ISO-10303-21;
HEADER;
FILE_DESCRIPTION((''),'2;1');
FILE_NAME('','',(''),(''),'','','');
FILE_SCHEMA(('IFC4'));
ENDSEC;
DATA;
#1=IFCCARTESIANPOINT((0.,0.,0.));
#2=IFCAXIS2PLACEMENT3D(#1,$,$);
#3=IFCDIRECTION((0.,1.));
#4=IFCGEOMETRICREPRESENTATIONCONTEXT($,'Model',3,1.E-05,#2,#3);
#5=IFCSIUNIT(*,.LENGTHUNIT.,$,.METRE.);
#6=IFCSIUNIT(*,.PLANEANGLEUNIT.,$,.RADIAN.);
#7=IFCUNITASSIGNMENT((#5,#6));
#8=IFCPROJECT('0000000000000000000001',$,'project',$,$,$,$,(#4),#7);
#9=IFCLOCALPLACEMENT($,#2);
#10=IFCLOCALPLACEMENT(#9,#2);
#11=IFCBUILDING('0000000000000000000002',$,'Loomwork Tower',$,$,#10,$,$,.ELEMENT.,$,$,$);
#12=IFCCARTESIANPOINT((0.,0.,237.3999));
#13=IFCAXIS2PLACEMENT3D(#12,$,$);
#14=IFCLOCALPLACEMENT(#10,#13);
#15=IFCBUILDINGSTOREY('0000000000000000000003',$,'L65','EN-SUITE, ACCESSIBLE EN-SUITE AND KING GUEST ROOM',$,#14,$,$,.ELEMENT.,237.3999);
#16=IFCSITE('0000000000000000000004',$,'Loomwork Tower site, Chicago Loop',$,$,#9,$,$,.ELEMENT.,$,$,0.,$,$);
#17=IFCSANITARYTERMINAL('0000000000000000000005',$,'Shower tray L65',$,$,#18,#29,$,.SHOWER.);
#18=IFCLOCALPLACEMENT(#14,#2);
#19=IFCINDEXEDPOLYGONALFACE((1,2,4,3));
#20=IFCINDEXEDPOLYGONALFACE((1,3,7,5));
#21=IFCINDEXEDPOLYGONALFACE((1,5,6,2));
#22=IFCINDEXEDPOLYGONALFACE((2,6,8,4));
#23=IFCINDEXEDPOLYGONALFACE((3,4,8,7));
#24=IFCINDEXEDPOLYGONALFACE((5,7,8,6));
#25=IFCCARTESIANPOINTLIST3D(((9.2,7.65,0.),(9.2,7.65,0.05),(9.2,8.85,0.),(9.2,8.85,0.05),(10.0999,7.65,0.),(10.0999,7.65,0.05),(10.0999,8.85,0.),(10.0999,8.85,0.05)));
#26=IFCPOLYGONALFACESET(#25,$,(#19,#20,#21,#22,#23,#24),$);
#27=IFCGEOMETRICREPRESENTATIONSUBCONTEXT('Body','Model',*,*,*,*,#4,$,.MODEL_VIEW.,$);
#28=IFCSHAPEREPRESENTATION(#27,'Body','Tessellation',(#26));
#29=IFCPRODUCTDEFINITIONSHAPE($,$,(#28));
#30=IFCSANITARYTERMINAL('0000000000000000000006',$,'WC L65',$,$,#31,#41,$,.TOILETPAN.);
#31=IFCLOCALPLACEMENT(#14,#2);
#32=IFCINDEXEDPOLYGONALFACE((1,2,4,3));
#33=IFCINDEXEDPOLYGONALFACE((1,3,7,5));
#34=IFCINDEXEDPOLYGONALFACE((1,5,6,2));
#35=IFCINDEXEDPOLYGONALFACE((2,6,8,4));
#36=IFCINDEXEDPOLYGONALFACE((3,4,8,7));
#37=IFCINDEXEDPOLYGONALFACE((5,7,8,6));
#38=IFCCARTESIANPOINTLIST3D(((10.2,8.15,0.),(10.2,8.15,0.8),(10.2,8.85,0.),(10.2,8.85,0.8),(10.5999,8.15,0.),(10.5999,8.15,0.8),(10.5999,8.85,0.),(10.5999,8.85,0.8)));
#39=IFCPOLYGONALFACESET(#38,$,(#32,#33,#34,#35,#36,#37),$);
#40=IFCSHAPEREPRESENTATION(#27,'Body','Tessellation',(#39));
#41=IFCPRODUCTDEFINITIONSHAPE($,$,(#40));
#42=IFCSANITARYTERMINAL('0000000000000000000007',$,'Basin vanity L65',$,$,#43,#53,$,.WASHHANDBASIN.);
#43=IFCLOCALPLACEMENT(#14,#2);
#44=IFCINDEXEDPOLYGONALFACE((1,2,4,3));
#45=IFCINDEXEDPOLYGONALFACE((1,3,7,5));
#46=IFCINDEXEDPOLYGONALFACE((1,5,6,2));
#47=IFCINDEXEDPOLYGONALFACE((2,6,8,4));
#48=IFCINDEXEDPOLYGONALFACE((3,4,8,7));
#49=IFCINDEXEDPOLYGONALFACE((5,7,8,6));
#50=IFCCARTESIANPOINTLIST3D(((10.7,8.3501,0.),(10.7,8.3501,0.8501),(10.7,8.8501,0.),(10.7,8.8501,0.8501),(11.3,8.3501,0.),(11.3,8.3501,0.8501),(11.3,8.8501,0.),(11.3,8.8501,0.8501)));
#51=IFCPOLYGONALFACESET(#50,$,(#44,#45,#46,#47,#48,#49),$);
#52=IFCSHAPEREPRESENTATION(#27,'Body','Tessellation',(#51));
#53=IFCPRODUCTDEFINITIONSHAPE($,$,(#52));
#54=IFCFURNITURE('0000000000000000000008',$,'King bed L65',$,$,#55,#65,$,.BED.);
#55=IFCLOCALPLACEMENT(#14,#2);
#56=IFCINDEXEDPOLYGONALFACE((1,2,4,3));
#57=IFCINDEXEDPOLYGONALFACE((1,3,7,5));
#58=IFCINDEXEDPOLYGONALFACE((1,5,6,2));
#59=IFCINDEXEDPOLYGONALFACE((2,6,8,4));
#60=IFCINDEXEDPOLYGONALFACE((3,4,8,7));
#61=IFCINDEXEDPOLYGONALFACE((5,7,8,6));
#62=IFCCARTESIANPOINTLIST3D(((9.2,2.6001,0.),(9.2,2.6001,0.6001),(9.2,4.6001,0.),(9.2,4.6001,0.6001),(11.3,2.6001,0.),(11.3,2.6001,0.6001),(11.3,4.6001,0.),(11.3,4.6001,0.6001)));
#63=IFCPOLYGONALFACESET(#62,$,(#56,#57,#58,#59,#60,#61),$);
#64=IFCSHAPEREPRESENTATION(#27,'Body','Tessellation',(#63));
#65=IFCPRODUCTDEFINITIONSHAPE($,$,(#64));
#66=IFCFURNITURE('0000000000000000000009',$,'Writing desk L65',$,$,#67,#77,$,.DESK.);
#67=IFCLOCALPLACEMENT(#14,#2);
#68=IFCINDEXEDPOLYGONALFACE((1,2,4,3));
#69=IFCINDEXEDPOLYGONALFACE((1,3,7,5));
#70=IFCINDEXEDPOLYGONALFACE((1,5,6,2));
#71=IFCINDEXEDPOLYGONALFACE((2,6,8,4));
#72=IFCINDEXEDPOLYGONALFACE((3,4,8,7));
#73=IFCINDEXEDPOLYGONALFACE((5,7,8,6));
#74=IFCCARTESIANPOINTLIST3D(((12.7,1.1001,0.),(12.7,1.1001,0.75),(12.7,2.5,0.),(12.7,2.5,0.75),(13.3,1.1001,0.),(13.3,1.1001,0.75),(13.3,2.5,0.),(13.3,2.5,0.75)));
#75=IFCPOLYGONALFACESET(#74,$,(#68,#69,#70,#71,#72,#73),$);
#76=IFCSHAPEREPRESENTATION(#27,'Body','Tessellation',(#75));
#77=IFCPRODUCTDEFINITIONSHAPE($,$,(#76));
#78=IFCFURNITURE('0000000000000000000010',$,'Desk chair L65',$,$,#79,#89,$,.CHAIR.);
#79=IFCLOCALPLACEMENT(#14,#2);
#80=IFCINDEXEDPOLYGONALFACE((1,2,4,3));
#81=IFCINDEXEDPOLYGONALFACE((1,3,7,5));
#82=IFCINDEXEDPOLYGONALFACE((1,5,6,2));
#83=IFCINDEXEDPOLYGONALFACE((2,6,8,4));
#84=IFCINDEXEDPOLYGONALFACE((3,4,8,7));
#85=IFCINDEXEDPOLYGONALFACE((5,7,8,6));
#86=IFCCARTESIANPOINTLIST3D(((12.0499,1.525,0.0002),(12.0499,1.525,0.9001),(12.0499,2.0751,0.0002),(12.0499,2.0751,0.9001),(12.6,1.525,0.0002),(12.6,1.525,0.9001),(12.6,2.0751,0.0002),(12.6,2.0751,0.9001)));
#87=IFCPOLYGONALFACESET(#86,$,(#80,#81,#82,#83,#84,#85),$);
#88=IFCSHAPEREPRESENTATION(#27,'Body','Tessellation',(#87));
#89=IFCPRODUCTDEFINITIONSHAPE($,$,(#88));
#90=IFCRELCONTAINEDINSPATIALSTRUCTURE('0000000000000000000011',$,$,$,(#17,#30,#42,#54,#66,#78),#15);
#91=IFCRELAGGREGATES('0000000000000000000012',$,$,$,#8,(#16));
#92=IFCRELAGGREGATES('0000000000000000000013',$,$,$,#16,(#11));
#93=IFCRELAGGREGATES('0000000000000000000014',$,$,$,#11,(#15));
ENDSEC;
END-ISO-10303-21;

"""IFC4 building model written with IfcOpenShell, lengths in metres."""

from ifc_helpers import new_model, si_unit, direction, frame, origin, origin_2d, place, context, subcontext, project, spatial, rectangle, extrude, element, save


model = new_model("IFC4")

# Units and contexts
model_context = context("Model", 3, precision=1e-05, world=origin(), true_north=direction((0.0, 1.0)))
body_context = subcontext(model_context, "Body", "Model", "MODEL_VIEW")
ifc_project = project(units=[si_unit("LENGTHUNIT", "METRE"), si_unit("PLANEANGLEUNIT", "RADIAN")], contexts=[model_context])

# Site, building, storey
site_placement = place(None, origin())
site = spatial("IfcSite", under=ifc_project, at=site_placement, Name="Loomwork Tower site, Chicago Loop", CompositionType="ELEMENT", RefElevation=0.0)
building_placement = place(site_placement, origin())
building = spatial("IfcBuilding", under=site, at=building_placement, Name="Loomwork Tower", CompositionType="ELEMENT")
storey_placement = place(building_placement, frame((0.0, 0.0, 237.3999)))
storey = spatial("IfcBuildingStorey", under=building, at=storey_placement, Name="L65", Description="EN-SUITE, ACCESSIBLE EN-SUITE AND KING GUEST ROOM", CompositionType="ELEMENT", Elevation=237.3999)

# Sanitary terminals
sanitary_terminal_1_placement = place(storey_placement, frame((9.6499, 8.25, 0.0), z_axis=(0.0, 0.0, 1.0), x_axis=(1.0, 0.0, 0.0)))
element("IfcSanitaryTerminal", 1, at=sanitary_terminal_1_placement, inside=storey, Name="Shower tray L65", PredefinedType="SHOWER", context=body_context, shape_type="SweptSolid", body=[
    extrude(rectangle(XDim=0.8999, YDim=1.2, at=origin_2d()), origin(), (0.0, 0.0, 1.0), 0.05),
])
sanitary_terminal_2_placement = place(storey_placement, frame((10.3999, 8.5, 0.0), z_axis=(0.0, 0.0, 1.0), x_axis=(1.0, 0.0, 0.0)))
element("IfcSanitaryTerminal", 2, at=sanitary_terminal_2_placement, inside=storey, Name="WC L65", PredefinedType="TOILETPAN", context=body_context, shape_type="SweptSolid", body=[
    extrude(rectangle(XDim=0.3999, YDim=0.7, at=origin_2d()), origin(), (0.0, 0.0, 1.0), 0.8),
])
sanitary_terminal_3_placement = place(storey_placement, frame((11.0, 8.6001, 0.0), z_axis=(0.0, 0.0, 1.0), x_axis=(1.0, 0.0, 0.0)))
element("IfcSanitaryTerminal", 3, at=sanitary_terminal_3_placement, inside=storey, Name="Basin vanity L65", PredefinedType="WASHHANDBASIN", context=body_context, shape_type="SweptSolid", body=[
    extrude(rectangle(XDim=0.6001, YDim=0.5, at=origin_2d()), origin(), (0.0, 0.0, 1.0), 0.8501),
])

# Furniture
furniture_1_placement = place(storey_placement, frame((10.25, 3.6001, 0.0), z_axis=(0.0, 0.0, 1.0), x_axis=(1.0, 0.0, 0.0)))
element("IfcFurniture", 4, at=furniture_1_placement, inside=storey, Name="King bed L65", PredefinedType="BED", context=body_context, shape_type="SweptSolid", body=[
    extrude(rectangle(XDim=2.1001, YDim=2.0, at=origin_2d()), origin(), (0.0, 0.0, 1.0), 0.6001),
])
furniture_2_placement = place(storey_placement, frame((13.0, 1.8, 0.0), z_axis=(0.0, 0.0, 1.0), x_axis=(1.0, 0.0, 0.0)))
element("IfcFurniture", 5, at=furniture_2_placement, inside=storey, Name="Writing desk L65", PredefinedType="DESK", context=body_context, shape_type="SweptSolid", body=[
    extrude(rectangle(XDim=0.6001, YDim=1.3999, at=origin_2d()), origin(), (0.0, 0.0, 1.0), 0.75),
])
furniture_3_placement = place(storey_placement, frame((12.325, 1.8, 0.0002), z_axis=(0.0, 0.0, 1.0), x_axis=(1.0, 0.0, 0.0)))
element("IfcFurniture", 6, at=furniture_3_placement, inside=storey, Name="Desk chair L65", PredefinedType="CHAIR", context=body_context, shape_type="SweptSolid", body=[
    extrude(rectangle(XDim=0.55, YDim=0.55, at=origin_2d()), origin(), (0.0, 0.0, 1.0), 0.8999),
])

save(model, "model.ifc")
